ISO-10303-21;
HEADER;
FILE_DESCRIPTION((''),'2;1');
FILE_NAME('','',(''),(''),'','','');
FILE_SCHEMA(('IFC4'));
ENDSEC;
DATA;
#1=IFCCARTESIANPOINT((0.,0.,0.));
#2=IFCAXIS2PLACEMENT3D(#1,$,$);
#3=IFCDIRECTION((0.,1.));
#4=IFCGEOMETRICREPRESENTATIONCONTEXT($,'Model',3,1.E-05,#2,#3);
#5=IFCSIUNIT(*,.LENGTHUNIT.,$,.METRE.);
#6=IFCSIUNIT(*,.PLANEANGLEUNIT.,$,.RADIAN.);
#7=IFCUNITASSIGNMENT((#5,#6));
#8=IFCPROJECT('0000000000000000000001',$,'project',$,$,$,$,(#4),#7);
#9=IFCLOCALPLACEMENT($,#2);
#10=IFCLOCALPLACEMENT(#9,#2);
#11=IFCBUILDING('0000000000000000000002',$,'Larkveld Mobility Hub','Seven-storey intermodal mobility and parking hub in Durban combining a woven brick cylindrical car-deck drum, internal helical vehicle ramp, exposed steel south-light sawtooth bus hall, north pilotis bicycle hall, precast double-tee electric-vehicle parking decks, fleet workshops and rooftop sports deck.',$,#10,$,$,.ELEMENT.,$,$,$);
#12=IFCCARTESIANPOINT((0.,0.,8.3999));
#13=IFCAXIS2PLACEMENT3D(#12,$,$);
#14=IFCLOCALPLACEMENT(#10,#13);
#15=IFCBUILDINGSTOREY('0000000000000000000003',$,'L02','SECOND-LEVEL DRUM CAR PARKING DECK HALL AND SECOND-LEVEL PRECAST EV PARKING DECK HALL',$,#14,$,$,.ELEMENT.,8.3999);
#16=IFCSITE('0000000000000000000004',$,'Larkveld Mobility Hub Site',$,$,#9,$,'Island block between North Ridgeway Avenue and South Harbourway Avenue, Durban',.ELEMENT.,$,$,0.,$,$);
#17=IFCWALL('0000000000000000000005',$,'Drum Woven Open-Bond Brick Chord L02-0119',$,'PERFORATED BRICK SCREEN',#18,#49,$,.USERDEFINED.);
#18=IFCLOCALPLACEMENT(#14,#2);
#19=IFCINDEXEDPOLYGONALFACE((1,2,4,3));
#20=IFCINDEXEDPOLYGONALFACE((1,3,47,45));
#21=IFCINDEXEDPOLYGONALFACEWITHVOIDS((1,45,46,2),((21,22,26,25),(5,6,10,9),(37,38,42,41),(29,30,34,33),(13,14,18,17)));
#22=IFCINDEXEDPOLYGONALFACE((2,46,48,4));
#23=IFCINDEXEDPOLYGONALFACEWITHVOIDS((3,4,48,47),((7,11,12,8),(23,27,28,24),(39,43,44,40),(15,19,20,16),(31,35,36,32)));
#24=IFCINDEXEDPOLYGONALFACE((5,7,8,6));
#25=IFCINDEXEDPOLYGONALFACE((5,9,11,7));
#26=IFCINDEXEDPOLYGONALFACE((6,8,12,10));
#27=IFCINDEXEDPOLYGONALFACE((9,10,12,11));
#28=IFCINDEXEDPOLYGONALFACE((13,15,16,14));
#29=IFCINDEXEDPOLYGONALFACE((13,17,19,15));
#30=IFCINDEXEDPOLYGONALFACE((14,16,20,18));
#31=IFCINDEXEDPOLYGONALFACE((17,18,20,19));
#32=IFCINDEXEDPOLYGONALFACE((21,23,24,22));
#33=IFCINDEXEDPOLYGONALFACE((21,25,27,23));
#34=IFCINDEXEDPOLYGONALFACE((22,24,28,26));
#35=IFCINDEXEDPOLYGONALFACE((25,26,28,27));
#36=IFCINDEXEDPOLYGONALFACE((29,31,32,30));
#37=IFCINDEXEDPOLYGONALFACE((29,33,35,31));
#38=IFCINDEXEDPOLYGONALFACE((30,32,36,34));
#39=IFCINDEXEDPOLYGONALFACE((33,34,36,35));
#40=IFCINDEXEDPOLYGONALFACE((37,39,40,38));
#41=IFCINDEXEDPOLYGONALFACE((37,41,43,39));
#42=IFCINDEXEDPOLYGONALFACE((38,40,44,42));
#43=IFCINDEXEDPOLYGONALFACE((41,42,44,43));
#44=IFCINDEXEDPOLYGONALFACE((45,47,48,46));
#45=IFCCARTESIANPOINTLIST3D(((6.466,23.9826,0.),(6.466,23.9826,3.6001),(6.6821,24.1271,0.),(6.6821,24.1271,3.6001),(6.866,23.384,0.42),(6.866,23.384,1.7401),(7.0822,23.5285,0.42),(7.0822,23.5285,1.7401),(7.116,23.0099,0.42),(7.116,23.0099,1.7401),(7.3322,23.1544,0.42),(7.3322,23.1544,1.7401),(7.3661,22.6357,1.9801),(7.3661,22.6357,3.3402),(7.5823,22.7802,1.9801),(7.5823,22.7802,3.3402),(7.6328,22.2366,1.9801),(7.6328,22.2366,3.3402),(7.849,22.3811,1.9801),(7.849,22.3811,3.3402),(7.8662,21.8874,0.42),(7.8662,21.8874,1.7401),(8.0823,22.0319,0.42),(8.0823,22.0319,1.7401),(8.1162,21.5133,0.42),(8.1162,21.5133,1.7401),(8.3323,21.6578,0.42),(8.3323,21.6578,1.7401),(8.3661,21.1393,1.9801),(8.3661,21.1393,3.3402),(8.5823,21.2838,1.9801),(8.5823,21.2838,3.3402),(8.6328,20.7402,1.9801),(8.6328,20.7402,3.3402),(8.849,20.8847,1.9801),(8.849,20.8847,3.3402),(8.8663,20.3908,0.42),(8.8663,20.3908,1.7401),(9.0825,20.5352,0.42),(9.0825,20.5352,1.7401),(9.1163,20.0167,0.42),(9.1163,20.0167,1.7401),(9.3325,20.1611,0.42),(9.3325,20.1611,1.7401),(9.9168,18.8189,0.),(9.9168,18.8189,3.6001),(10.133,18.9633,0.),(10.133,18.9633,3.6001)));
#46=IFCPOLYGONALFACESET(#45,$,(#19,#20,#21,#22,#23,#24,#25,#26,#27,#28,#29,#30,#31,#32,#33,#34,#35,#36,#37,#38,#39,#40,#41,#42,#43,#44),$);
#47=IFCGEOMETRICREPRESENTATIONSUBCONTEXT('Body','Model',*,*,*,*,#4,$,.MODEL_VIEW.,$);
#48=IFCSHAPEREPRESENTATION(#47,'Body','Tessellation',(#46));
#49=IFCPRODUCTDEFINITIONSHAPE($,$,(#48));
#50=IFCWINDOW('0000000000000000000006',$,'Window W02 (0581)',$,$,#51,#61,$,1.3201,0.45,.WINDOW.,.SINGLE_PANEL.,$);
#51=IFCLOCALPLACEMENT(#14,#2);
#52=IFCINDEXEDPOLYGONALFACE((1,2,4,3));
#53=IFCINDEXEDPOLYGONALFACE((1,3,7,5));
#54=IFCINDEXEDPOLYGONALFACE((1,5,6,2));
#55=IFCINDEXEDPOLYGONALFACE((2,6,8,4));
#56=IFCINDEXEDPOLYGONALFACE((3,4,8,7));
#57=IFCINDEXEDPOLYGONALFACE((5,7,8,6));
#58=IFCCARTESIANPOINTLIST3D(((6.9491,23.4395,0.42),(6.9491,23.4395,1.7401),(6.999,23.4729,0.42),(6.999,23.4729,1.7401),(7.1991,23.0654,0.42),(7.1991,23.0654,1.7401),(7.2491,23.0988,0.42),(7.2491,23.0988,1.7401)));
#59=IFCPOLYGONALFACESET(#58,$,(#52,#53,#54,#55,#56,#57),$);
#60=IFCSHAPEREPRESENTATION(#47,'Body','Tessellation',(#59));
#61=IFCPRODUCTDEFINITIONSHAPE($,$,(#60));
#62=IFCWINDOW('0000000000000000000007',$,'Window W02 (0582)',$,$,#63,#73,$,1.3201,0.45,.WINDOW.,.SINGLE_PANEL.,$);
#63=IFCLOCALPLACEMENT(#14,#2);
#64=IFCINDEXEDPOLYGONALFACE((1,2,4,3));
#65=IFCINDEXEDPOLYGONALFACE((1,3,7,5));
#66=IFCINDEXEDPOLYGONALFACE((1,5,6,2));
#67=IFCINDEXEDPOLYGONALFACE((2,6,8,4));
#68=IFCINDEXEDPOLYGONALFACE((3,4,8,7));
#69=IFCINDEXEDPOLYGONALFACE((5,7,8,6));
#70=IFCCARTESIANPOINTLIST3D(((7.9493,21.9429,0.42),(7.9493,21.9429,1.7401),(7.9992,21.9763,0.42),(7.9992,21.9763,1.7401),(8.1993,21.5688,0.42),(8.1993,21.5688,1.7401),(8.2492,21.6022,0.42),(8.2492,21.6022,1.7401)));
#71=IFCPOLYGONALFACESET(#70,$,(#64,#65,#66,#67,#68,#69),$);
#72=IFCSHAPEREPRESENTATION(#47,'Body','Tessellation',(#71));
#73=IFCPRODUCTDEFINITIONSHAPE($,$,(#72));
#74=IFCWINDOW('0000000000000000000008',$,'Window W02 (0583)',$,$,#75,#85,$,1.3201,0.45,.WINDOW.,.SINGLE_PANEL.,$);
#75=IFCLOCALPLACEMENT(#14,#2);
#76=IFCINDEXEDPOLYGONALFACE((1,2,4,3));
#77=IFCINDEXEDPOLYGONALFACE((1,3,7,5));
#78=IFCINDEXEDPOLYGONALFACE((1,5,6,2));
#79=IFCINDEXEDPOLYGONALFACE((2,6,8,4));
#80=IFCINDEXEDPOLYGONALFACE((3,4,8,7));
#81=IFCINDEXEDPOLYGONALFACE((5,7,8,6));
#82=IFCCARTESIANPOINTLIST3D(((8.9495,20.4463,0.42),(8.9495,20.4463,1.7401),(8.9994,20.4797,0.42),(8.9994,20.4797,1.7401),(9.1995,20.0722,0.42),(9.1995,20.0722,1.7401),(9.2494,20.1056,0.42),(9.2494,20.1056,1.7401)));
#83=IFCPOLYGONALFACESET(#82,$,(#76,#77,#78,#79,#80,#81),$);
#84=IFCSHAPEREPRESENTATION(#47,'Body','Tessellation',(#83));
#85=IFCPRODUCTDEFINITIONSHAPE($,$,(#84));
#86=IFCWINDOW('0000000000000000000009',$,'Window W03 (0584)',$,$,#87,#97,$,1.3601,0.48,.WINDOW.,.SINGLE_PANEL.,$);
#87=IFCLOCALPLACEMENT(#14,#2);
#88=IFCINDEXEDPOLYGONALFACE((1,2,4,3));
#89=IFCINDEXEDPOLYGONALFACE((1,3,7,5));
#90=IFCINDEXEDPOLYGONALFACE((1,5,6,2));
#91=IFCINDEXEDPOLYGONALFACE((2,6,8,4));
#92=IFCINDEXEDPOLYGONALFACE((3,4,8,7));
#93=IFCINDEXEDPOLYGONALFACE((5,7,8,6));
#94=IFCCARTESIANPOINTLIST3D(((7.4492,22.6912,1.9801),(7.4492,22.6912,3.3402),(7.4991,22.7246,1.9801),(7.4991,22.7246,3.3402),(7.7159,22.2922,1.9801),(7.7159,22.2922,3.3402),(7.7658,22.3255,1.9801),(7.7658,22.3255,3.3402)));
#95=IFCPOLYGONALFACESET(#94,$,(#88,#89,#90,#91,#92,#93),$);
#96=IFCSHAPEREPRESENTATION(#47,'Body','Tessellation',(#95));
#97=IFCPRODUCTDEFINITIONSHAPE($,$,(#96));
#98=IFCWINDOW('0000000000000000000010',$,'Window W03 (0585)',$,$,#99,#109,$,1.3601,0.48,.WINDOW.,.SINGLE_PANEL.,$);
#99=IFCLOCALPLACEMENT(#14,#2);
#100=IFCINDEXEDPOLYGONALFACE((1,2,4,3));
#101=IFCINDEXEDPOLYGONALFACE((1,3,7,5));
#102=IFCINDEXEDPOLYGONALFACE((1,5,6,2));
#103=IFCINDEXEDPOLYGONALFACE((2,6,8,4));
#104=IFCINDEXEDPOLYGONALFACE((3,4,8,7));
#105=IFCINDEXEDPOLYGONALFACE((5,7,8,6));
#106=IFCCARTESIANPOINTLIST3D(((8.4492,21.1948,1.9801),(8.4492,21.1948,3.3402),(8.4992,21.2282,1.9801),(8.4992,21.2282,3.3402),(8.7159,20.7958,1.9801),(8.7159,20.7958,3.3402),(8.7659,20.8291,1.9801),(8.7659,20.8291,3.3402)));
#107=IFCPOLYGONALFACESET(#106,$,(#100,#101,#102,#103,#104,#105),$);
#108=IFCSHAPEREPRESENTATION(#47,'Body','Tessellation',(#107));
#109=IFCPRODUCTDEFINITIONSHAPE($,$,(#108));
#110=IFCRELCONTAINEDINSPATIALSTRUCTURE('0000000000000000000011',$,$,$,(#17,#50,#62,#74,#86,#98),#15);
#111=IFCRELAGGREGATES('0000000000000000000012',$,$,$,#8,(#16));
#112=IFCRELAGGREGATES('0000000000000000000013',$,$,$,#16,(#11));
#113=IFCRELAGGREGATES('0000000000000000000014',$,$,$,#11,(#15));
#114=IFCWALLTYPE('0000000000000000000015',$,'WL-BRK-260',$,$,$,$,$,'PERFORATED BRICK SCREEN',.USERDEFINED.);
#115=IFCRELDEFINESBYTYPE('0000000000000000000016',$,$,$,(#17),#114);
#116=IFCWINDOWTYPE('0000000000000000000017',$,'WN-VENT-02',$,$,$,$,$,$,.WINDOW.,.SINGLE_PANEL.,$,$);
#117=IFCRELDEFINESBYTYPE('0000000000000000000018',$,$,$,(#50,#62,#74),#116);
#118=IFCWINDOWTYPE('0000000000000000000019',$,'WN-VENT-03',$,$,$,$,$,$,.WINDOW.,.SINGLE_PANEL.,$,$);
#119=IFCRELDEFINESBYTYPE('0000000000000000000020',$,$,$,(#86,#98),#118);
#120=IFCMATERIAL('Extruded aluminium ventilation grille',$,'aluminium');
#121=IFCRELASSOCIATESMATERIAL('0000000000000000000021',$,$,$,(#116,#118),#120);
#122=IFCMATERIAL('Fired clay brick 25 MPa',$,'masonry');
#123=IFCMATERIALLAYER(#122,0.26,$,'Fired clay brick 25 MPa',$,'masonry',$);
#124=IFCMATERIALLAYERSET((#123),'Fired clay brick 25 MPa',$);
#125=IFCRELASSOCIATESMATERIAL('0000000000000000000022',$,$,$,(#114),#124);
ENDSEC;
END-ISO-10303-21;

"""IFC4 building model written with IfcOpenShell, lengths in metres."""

from ifc_helpers import new_model, si_unit, direction, frame, frame_2d, origin, place, context, subcontext, project, spatial, rectangle, extrude, material, layer, layer_set, type_object, element, fill, save


model = new_model("IFC4")

# Units and contexts
model_context = context("Model", 3, precision=1e-05, world=origin(), true_north=direction((0.0, 1.0)))
body_context = subcontext(model_context, "Body", "Model", "MODEL_VIEW")
ifc_project = project(units=[si_unit("LENGTHUNIT", "METRE"), si_unit("PLANEANGLEUNIT", "RADIAN")], contexts=[model_context])

# Site, building, storey
site_placement = place(None, origin())
site = spatial("IfcSite", under=ifc_project, at=site_placement, Name="Larkveld Mobility Hub Site", LongName="Island block between North Ridgeway Avenue and South Harbourway Avenue, Durban", CompositionType="ELEMENT", RefElevation=0.0)
building_placement = place(site_placement, origin())
building = spatial("IfcBuilding", under=site, at=building_placement, Name="Larkveld Mobility Hub", Description="Seven-storey intermodal mobility and parking hub in Durban combining a woven brick cylindrical car-deck drum, internal helical vehicle ramp, exposed steel south-light sawtooth bus hall, north pilotis bicycle hall, precast double-tee electric-vehicle parking decks, fleet workshops and rooftop sports deck.", CompositionType="ELEMENT")
storey_placement = place(building_placement, frame((0.0, 0.0, 8.3999)))
storey = spatial("IfcBuildingStorey", under=building, at=storey_placement, Name="L02", Description="SECOND-LEVEL DRUM CAR PARKING DECK HALL AND SECOND-LEVEL PRECAST EV PARKING DECK HALL", CompositionType="ELEMENT", Elevation=8.3999)

# Wall, openings, windows
ifc_material_1 = material(Name="Fired clay brick 25 MPa", Category="masonry")
ifc_material_2 = material(Name="Extruded aluminium ventilation grille", Category="aluminium")
window_type_1 = type_object("IfcWindowType", Name="WN-VENT-02", PartitioningType="SINGLE_PANEL", PredefinedType="WINDOW", material=ifc_material_2)
ifc_layer_1 = layer(ifc_material_1, 0.26, Name="Fired clay brick 25 MPa", Category="masonry")
ifc_layer_set_1 = layer_set([ifc_layer_1], Name="Fired clay brick 25 MPa")
wall_type_1 = type_object("IfcWallType", Name="WL-BRK-260", ElementType="PERFORATED BRICK SCREEN", PredefinedType="USERDEFINED", material=ifc_layer_set_1)
wall_1_placement = place(storey_placement, frame((6.574, 24.0549, 0.0), z_axis=(0.0, 0.0, 1.0), x_axis=(0.555634, -0.831427, 0.0)))
wall_1 = element("IfcWall", 1, at=wall_1_placement, inside=storey, type_object=wall_type_1, Name="Drum Woven Open-Bond Brick Chord L02-0119", ObjectType="PERFORATED BRICK SCREEN", PredefinedType="USERDEFINED", context=body_context, shape_type="SweptSolid", body=[
    extrude(rectangle(XDim=6.2107, YDim=0.26, at=frame_2d((3.1055, 0.0))), origin(), (0.0, 0.0, 1.0), 3.6001),
])
opening_1_placement = place(wall_1_placement, frame((0.72, 0.0, 0.4199)))
opening_1 = element("IfcOpeningElement", 2, at=opening_1_placement, cuts=wall_1, PredefinedType="OPENING", context=body_context, shape_type="SweptSolid", body=[
    extrude(rectangle(XDim=0.45, YDim=1.3201, at=frame_2d((0.2251, 0.6602))), frame((0.0, 0.1401, 0.0), z_axis=(0.0, -1.0, 0.0), x_axis=(1.0, 0.0, 0.0)), (0.0, 0.0, 1.0), 0.28),
])
opening_2_placement = place(wall_1_placement, frame((2.52, 0.0, 0.4199)))
opening_2 = element("IfcOpeningElement", 3, at=opening_2_placement, cuts=wall_1, PredefinedType="OPENING", context=body_context, shape_type="SweptSolid", body=[
    extrude(rectangle(XDim=0.45, YDim=1.3201, at=frame_2d((0.2251, 0.6602))), frame((0.0, 0.1401, 0.0), z_axis=(0.0, -1.0, 0.0), x_axis=(1.0, 0.0, 0.0)), (0.0, 0.0, 1.0), 0.28),
])
opening_3_placement = place(wall_1_placement, frame((4.3201, 0.0, 0.4199)))
opening_3 = element("IfcOpeningElement", 4, at=opening_3_placement, cuts=wall_1, PredefinedType="OPENING", context=body_context, shape_type="SweptSolid", body=[
    extrude(rectangle(XDim=0.45, YDim=1.3201, at=frame_2d((0.2251, 0.6602))), frame((0.0, 0.1401, 0.0), z_axis=(0.0, -1.0, 0.0), x_axis=(1.0, 0.0, 0.0)), (0.0, 0.0, 1.0), 0.28),
])
opening_4_placement = place(wall_1_placement, frame((1.6201, 0.0, 1.98)))
opening_4 = element("IfcOpeningElement", 5, at=opening_4_placement, cuts=wall_1, PredefinedType="OPENING", context=body_context, shape_type="SweptSolid", body=[
    extrude(rectangle(XDim=0.48, YDim=1.3601, at=frame_2d((0.24, 0.6802))), frame((0.0, 0.1401, 0.0), z_axis=(0.0, -1.0, 0.0), x_axis=(1.0, 0.0, 0.0)), (0.0, 0.0, 1.0), 0.28),
])
opening_5_placement = place(wall_1_placement, frame((3.4199, 0.0, 1.98)))
opening_5 = element("IfcOpeningElement", 6, at=opening_5_placement, cuts=wall_1, PredefinedType="OPENING", context=body_context, shape_type="SweptSolid", body=[
    extrude(rectangle(XDim=0.48, YDim=1.3601, at=frame_2d((0.24, 0.6802))), frame((0.0, 0.1401, 0.0), z_axis=(0.0, -1.0, 0.0), x_axis=(1.0, 0.0, 0.0)), (0.0, 0.0, 1.0), 0.28),
])
window_1_placement = place(opening_1_placement, origin())
window_1 = element("IfcWindow", 7, at=window_1_placement, inside=storey, type_object=window_type_1, Name="Window W02 (0581)", OverallHeight=1.3201, OverallWidth=0.45, PartitioningType="SINGLE_PANEL", PredefinedType="WINDOW", context=body_context, shape_type="SweptSolid", body=[
    extrude(rectangle(XDim=0.45, YDim=1.3201, at=frame_2d((0.2251, 0.6602))), frame((0.0, 0.03, 0.0), z_axis=(0.0, -1.0, 0.0), x_axis=(1.0, 0.0, 0.0)), (0.0, 0.0, 1.0), 0.0601),
])
fill(opening_1, window_1)
window_2_placement = place(opening_2_placement, origin())
window_2 = element("IfcWindow", 8, at=window_2_placement, inside=storey, type_object=window_type_1, Name="Window W02 (0582)", OverallHeight=1.3201, OverallWidth=0.45, PartitioningType="SINGLE_PANEL", PredefinedType="WINDOW", context=body_context, shape_type="SweptSolid", body=[
    extrude(rectangle(XDim=0.45, YDim=1.3201, at=frame_2d((0.2251, 0.6602))), frame((0.0, 0.03, 0.0), z_axis=(0.0, -1.0, 0.0), x_axis=(1.0, 0.0, 0.0)), (0.0, 0.0, 1.0), 0.0601),
])
fill(opening_2, window_2)
window_3_placement = place(opening_3_placement, origin())
window_3 = element("IfcWindow", 9, at=window_3_placement, inside=storey, type_object=window_type_1, Name="Window W02 (0583)", OverallHeight=1.3201, OverallWidth=0.45, PartitioningType="SINGLE_PANEL", PredefinedType="WINDOW", context=body_context, shape_type="SweptSolid", body=[
    extrude(rectangle(XDim=0.45, YDim=1.3201, at=frame_2d((0.2251, 0.6602))), frame((0.0, 0.03, 0.0), z_axis=(0.0, -1.0, 0.0), x_axis=(1.0, 0.0, 0.0)), (0.0, 0.0, 1.0), 0.0601),
])
fill(opening_3, window_3)
window_type_2 = type_object("IfcWindowType", Name="WN-VENT-03", PartitioningType="SINGLE_PANEL", PredefinedType="WINDOW", material=ifc_material_2)
window_4_placement = place(opening_4_placement, origin())
window_4 = element("IfcWindow", 10, at=window_4_placement, inside=storey, type_object=window_type_2, Name="Window W03 (0584)", OverallHeight=1.3601, OverallWidth=0.48, PartitioningType="SINGLE_PANEL", PredefinedType="WINDOW", context=body_context, shape_type="SweptSolid", body=[
    extrude(rectangle(XDim=0.48, YDim=1.3601, at=frame_2d((0.24, 0.6802))), frame((0.0, 0.03, 0.0), z_axis=(0.0, -1.0, 0.0), x_axis=(1.0, 0.0, 0.0)), (0.0, 0.0, 1.0), 0.0601),
])
fill(opening_4, window_4)
window_5_placement = place(opening_5_placement, origin())
window_5 = element("IfcWindow", 11, at=window_5_placement, inside=storey, type_object=window_type_2, Name="Window W03 (0585)", OverallHeight=1.3601, OverallWidth=0.48, PartitioningType="SINGLE_PANEL", PredefinedType="WINDOW", context=body_context, shape_type="SweptSolid", body=[
    extrude(rectangle(XDim=0.48, YDim=1.3601, at=frame_2d((0.24, 0.6802))), frame((0.0, 0.03, 0.0), z_axis=(0.0, -1.0, 0.0), x_axis=(1.0, 0.0, 0.0)), (0.0, 0.0, 1.0), 0.0601),
])
fill(opening_5, window_5)

save(model, "model.ifc")
